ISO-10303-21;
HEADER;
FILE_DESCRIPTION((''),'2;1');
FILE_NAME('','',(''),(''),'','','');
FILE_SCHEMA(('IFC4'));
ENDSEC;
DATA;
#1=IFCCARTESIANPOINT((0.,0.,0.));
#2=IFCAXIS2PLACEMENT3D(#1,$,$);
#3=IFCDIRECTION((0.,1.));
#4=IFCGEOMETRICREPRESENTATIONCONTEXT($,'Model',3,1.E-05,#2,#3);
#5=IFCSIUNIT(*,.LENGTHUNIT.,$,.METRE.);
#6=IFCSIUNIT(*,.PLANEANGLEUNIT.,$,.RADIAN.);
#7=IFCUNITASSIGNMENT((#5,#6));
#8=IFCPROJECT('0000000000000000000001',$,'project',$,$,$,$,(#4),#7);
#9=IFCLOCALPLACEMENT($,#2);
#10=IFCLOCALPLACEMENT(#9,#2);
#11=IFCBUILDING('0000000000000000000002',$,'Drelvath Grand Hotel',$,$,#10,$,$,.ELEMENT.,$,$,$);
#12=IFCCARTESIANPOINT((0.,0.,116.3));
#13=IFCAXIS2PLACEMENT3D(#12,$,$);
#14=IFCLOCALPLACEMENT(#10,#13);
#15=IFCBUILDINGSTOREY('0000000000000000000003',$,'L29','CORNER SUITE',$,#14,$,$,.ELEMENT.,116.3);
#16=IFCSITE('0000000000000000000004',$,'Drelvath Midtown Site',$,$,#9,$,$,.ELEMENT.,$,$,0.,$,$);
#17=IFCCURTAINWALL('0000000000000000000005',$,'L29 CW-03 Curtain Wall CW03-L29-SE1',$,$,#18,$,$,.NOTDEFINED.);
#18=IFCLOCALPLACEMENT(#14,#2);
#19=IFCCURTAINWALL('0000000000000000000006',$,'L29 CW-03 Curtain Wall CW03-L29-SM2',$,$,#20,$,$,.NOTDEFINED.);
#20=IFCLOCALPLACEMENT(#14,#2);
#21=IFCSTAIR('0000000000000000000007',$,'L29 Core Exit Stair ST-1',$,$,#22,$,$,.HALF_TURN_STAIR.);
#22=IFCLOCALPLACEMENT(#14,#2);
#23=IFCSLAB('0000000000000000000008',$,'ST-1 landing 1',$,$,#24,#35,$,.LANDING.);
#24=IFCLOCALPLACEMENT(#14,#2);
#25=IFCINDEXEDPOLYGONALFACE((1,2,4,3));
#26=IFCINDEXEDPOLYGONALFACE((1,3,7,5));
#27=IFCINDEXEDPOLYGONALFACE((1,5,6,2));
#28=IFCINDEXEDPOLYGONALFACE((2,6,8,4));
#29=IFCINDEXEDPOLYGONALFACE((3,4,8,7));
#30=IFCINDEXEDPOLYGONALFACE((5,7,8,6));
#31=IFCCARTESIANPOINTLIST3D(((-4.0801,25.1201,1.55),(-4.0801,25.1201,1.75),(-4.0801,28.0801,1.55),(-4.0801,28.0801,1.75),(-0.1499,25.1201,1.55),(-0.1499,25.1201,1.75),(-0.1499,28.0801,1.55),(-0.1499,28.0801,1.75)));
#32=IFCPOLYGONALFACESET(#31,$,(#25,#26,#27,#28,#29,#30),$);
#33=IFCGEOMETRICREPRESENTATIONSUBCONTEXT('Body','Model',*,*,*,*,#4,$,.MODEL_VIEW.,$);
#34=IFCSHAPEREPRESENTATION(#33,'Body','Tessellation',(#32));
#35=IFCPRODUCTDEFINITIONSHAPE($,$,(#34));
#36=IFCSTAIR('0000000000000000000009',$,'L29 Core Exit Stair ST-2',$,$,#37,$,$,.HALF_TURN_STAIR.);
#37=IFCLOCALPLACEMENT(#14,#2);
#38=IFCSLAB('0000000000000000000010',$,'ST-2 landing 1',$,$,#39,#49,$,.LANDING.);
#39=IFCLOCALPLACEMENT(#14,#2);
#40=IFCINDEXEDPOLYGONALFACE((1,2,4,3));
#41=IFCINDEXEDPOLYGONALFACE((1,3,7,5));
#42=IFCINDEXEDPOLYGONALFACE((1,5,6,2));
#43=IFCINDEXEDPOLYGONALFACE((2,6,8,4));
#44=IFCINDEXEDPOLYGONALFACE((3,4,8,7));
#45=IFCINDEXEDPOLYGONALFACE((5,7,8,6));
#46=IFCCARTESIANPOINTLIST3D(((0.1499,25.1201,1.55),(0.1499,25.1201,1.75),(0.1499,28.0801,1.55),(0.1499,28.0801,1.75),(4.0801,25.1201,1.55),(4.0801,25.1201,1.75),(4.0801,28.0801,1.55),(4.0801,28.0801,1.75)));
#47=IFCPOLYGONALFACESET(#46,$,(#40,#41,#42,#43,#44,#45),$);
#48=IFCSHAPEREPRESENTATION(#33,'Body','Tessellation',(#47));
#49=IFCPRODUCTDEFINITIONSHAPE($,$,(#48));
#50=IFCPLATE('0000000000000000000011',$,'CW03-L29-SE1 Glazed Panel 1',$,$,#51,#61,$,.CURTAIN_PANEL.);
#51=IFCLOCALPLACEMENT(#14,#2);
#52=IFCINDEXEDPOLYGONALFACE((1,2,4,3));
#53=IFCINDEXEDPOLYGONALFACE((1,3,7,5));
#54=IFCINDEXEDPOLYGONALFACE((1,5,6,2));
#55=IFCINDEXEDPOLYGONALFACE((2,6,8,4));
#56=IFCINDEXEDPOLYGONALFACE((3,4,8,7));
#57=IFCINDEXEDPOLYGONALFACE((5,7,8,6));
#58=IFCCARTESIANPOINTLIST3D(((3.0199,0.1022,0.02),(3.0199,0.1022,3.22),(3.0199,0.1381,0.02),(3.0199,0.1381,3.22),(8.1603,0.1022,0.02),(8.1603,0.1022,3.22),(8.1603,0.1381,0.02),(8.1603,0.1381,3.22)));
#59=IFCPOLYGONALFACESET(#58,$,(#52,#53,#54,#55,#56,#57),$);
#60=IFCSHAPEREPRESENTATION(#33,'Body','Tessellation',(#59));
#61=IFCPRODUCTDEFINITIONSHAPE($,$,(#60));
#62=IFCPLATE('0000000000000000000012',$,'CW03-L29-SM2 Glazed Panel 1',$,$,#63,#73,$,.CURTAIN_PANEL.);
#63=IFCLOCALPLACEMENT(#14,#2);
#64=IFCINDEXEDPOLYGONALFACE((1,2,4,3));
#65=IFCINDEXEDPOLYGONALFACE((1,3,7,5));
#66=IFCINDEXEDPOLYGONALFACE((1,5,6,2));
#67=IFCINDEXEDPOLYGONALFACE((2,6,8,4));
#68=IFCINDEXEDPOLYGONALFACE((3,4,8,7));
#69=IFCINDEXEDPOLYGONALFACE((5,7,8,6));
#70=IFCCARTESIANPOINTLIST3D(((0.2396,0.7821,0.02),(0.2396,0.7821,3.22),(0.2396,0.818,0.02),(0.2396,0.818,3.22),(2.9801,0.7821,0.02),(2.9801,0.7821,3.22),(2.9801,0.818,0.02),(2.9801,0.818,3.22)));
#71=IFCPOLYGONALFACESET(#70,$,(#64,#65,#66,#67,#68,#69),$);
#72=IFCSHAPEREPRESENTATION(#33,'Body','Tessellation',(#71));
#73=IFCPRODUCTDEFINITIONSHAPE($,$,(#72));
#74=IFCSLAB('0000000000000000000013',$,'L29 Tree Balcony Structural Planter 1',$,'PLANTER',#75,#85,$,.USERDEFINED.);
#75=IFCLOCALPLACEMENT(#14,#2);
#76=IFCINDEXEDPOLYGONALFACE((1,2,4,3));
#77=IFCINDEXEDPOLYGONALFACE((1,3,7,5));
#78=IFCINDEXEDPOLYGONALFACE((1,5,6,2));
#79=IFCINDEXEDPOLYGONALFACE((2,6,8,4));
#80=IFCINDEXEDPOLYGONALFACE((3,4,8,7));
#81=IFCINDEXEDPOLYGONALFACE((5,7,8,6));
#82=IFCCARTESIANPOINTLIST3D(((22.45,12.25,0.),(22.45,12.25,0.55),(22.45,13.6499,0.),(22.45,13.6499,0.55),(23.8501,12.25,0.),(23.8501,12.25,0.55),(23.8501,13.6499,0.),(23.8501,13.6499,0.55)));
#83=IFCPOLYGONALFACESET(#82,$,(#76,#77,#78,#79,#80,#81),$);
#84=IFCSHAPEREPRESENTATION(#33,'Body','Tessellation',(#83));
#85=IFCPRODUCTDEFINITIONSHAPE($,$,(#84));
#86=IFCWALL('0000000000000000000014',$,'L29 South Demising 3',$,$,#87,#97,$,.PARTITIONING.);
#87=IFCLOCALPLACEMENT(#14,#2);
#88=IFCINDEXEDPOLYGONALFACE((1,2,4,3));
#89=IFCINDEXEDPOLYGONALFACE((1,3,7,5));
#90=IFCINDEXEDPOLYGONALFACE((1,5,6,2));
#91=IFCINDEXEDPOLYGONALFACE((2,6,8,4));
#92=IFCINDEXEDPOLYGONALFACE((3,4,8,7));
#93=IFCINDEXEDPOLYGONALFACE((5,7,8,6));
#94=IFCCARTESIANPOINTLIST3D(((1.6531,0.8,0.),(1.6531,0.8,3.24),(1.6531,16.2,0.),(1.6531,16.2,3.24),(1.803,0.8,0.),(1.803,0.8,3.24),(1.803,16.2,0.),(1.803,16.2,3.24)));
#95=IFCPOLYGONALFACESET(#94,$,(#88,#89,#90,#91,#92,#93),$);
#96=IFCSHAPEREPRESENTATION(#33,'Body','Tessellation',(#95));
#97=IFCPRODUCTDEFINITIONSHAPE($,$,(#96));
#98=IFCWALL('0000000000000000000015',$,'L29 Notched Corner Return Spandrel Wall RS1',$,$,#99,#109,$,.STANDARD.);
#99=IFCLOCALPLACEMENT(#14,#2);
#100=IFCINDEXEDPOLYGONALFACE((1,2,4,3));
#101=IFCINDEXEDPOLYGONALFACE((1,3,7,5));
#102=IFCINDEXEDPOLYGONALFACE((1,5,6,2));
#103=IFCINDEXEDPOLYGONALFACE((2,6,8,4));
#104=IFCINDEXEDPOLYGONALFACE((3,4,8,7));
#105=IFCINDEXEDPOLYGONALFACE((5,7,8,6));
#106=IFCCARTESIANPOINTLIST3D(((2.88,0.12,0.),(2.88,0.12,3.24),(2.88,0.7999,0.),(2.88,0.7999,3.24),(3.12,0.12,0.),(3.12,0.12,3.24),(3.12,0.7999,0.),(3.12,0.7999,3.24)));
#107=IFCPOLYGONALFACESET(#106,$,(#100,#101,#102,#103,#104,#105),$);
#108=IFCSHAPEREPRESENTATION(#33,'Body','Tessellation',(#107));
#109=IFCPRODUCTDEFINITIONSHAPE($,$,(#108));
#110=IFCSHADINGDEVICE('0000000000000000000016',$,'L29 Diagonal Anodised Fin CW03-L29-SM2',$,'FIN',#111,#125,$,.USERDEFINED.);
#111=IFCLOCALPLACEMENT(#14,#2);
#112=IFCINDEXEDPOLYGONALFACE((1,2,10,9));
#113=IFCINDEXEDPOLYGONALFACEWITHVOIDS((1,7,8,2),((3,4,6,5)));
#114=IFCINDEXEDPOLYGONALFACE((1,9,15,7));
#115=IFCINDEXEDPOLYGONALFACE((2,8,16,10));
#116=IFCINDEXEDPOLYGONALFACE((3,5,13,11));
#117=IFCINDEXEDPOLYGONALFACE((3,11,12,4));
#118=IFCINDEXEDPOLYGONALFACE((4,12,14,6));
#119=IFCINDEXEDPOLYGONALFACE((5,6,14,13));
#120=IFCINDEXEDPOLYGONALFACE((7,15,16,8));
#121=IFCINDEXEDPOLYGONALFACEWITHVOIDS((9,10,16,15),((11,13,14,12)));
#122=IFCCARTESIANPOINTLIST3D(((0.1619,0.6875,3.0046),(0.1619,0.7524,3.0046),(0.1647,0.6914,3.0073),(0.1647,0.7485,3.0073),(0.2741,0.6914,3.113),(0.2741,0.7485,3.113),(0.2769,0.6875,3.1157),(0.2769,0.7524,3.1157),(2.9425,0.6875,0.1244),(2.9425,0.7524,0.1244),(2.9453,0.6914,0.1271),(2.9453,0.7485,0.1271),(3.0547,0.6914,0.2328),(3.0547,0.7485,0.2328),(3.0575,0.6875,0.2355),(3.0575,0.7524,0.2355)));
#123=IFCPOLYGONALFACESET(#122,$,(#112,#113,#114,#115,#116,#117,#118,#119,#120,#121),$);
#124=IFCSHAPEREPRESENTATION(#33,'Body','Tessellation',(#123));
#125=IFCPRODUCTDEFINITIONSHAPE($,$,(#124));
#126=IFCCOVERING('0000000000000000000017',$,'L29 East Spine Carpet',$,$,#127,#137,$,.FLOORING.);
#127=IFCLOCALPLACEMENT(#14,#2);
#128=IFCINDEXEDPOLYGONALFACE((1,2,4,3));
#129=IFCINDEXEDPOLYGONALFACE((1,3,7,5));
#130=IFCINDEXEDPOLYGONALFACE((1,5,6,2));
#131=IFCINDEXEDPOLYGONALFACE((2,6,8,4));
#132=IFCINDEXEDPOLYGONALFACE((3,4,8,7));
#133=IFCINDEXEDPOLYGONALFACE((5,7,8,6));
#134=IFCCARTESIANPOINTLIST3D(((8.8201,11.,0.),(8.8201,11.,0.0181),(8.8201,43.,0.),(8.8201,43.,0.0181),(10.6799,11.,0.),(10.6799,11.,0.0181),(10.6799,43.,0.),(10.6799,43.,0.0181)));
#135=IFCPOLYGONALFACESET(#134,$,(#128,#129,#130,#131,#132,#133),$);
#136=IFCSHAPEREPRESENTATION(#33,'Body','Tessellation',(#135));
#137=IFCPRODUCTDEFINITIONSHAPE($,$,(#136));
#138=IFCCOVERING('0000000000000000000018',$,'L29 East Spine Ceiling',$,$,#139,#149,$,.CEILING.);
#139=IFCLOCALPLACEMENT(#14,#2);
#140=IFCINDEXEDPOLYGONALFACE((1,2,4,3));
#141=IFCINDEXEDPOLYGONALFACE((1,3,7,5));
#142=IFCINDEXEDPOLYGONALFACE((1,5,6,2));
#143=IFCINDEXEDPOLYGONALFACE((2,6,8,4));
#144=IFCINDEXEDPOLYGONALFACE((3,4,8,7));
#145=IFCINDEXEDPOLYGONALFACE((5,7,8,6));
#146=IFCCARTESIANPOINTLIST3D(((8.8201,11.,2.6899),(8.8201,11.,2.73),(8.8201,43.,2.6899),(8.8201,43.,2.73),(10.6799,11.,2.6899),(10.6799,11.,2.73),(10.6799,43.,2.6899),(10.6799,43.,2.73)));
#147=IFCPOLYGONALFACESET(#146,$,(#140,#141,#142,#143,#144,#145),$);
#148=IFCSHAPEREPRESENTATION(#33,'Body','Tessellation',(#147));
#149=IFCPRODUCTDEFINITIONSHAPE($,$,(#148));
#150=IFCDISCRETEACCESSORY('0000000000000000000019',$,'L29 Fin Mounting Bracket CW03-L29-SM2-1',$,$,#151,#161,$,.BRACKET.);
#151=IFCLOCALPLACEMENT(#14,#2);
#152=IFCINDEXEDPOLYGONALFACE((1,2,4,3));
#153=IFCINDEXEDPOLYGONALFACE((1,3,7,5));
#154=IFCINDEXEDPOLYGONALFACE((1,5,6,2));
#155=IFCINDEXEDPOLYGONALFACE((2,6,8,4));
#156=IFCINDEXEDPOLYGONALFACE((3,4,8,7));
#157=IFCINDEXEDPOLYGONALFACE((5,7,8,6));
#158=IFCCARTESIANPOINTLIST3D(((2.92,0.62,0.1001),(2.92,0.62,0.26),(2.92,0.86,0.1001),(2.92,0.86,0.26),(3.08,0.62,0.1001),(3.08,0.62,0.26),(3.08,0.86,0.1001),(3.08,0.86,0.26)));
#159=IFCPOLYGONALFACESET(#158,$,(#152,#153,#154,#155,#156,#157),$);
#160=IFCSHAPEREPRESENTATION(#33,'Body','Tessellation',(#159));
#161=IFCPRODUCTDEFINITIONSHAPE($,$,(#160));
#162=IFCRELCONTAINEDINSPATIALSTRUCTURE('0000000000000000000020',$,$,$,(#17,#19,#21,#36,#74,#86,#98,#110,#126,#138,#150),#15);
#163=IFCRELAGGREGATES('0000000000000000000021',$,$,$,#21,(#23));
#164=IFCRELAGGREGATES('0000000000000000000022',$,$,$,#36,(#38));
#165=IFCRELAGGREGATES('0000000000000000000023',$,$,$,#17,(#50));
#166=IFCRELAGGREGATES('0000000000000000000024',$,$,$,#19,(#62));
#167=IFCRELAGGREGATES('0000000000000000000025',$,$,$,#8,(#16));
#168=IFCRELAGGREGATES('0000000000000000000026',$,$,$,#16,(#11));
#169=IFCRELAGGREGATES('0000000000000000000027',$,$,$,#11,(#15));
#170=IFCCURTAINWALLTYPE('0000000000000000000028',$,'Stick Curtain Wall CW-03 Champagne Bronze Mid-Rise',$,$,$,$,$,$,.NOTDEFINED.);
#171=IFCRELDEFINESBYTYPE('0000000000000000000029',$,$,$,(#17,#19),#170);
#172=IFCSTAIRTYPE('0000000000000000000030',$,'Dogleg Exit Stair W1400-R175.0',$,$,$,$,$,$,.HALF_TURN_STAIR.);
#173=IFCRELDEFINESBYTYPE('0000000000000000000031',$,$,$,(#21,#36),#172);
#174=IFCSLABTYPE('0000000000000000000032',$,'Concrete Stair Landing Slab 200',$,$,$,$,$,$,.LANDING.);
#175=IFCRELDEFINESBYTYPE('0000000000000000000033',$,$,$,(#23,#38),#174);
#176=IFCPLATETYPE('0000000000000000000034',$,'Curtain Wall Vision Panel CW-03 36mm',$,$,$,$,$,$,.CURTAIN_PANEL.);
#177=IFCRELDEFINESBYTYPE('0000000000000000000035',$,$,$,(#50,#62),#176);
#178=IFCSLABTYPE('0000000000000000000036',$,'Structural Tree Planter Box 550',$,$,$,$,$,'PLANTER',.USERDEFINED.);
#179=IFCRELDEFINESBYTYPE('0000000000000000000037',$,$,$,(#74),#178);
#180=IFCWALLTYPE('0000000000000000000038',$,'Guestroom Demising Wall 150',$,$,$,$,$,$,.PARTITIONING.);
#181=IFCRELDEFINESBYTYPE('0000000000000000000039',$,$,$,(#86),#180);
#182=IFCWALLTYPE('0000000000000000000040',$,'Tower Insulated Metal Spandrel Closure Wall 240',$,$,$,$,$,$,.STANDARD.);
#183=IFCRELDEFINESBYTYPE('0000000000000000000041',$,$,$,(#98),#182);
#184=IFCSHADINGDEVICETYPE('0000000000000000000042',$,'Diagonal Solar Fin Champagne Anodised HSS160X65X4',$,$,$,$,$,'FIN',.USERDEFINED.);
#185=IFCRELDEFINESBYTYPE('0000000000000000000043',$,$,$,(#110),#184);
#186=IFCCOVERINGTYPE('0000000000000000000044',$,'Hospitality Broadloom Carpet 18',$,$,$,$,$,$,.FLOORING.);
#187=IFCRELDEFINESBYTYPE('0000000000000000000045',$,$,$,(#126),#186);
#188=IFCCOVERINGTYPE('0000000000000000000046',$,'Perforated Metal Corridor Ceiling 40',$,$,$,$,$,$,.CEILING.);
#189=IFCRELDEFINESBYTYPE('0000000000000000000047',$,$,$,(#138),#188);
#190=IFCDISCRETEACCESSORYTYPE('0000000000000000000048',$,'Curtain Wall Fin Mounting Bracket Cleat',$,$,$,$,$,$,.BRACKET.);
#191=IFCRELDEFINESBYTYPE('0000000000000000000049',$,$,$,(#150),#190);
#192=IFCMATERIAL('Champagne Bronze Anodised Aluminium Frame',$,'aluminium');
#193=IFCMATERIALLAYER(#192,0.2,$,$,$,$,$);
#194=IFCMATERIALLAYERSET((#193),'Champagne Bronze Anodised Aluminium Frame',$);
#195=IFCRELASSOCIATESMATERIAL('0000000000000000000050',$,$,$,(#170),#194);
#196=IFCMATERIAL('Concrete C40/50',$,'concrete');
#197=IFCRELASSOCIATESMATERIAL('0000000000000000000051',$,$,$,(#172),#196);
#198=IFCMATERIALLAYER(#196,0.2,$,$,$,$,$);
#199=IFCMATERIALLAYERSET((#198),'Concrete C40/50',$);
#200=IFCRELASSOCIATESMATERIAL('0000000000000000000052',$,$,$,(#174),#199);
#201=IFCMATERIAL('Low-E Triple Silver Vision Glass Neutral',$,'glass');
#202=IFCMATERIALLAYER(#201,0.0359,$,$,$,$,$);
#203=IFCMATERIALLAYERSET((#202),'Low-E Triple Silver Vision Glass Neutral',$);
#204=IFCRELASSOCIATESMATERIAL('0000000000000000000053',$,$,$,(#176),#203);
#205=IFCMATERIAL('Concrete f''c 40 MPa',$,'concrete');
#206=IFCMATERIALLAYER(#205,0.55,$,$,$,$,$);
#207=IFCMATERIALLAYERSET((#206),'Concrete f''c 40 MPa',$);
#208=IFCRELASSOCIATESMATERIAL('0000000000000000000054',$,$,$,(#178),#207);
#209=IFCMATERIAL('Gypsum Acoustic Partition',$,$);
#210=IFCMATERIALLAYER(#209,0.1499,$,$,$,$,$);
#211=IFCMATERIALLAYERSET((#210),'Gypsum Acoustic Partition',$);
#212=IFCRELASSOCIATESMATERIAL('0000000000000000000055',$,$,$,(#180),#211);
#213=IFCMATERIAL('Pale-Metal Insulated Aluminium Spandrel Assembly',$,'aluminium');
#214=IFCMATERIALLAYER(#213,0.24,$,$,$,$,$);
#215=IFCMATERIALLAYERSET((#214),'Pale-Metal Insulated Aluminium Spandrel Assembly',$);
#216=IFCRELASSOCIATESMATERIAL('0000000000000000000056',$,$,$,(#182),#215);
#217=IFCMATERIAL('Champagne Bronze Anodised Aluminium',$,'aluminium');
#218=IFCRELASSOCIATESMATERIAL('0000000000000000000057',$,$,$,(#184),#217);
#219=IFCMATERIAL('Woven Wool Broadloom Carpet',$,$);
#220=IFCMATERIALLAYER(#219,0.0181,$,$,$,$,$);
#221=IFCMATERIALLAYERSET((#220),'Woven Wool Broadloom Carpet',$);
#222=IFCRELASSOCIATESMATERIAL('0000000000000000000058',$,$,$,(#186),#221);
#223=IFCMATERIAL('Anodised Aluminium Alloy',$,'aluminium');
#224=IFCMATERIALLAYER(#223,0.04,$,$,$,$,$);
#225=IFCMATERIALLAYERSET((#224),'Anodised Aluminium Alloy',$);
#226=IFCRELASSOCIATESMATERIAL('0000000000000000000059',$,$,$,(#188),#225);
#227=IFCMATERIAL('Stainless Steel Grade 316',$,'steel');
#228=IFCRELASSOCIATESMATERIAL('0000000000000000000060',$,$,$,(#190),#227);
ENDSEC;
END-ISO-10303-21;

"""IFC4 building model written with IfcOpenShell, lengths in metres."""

from ifc_helpers import new_model, si_unit, direction, frame, frame_2d, origin, origin_2d, place, context, subcontext, project, spatial, polyline, rectangle, hollow_rectangle, outline, extrude, material, layer, layer_set, material_profile, profile_set, type_object, element, aggregate, save


model = new_model("IFC4")

# Units and contexts
model_context = context("Model", 3, precision=1e-05, world=origin(), true_north=direction((0.0, 1.0)))
body_context = subcontext(model_context, "Body", "Model", "MODEL_VIEW")
ifc_project = project(units=[si_unit("LENGTHUNIT", "METRE"), si_unit("PLANEANGLEUNIT", "RADIAN")], contexts=[model_context])

# Site, building, storey
site_placement = place(None, origin())
site = spatial("IfcSite", under=ifc_project, at=site_placement, Name="Drelvath Midtown Site", CompositionType="ELEMENT", RefElevation=0.0)
building_placement = place(site_placement, origin())
building = spatial("IfcBuilding", under=site, at=building_placement, Name="Drelvath Grand Hotel", CompositionType="ELEMENT")
storey_placement = place(building_placement, frame((0.0, 0.0, 116.3)))
storey = spatial("IfcBuildingStorey", under=building, at=storey_placement, Name="L29", Description="CORNER SUITE", CompositionType="ELEMENT", Elevation=116.3)

# Curtain walls
ifc_material_1 = material(Name="Champagne Bronze Anodised Aluminium Frame", Category="aluminium")
ifc_layer_1 = layer(ifc_material_1, 0.2)
ifc_layer_set_1 = layer_set([ifc_layer_1], Name="Champagne Bronze Anodised Aluminium Frame")
curtain_wall_type = type_object("IfcCurtainWallType", Name="Stick Curtain Wall CW-03 Champagne Bronze Mid-Rise", PredefinedType="NOTDEFINED", material=ifc_layer_set_1)
curtain_wall_1_placement = place(storey_placement, origin())
curtain_wall_1 = element("IfcCurtainWall", 1, at=curtain_wall_1_placement, inside=storey, type_object=curtain_wall_type, Name="L29 CW-03 Curtain Wall CW03-L29-SE1", PredefinedType="NOTDEFINED")
curtain_wall_2_placement = place(storey_placement, origin())
curtain_wall_2 = element("IfcCurtainWall", 2, at=curtain_wall_2_placement, inside=storey, type_object=curtain_wall_type, Name="L29 CW-03 Curtain Wall CW03-L29-SM2", PredefinedType="NOTDEFINED")

# Shared definitions
ifc_material_2 = material(Name="Concrete f'c 40 MPa", Category="concrete")

# Stairs, slabs
ifc_material_3 = material(Name="Concrete C40/50", Category="concrete")
stair_type = type_object("IfcStairType", Name="Dogleg Exit Stair W1400-R175.0", PredefinedType="HALF_TURN_STAIR", material=ifc_material_3)
stair_1_placement = place(storey_placement, origin())
stair_1 = element("IfcStair", 3, at=stair_1_placement, inside=storey, type_object=stair_type, Name="L29 Core Exit Stair ST-1", PredefinedType="HALF_TURN_STAIR")
ifc_layer_2 = layer(ifc_material_3, 0.2)
ifc_layer_set_2 = layer_set([ifc_layer_2], Name="Concrete C40/50")
slab_type_1 = type_object("IfcSlabType", Name="Concrete Stair Landing Slab 200", PredefinedType="LANDING", material=ifc_layer_set_2)
slab_1_placement = place(storey_placement, frame((0.0, 0.0, 1.55)))
slab_1 = element("IfcSlab", 4, at=slab_1_placement, type_object=slab_type_1, Name="ST-1 landing 1", PredefinedType="LANDING", context=body_context, shape_type="SweptSolid", body=[
    extrude(outline(polyline([(-4.0801, 25.1201), (-0.1499, 25.1201), (-0.1499, 28.0801), (-4.0801, 28.0801), (-4.0801, 25.1201)])), origin(), (0.0, 0.0, 1.0), 0.2),
])
aggregate(stair_1, [slab_1])
stair_2_placement = place(storey_placement, origin())
stair_2 = element("IfcStair", 5, at=stair_2_placement, inside=storey, type_object=stair_type, Name="L29 Core Exit Stair ST-2", PredefinedType="HALF_TURN_STAIR")
slab_2_placement = place(storey_placement, frame((0.0, 0.0, 1.55)))
slab_2 = element("IfcSlab", 6, at=slab_2_placement, type_object=slab_type_1, Name="ST-2 landing 1", PredefinedType="LANDING", context=body_context, shape_type="SweptSolid", body=[
    extrude(outline(polyline([(4.0801, 28.0801), (0.1499, 28.0801), (0.1499, 25.1201), (4.0801, 25.1201), (4.0801, 28.0801)])), origin(), (0.0, 0.0, 1.0), 0.2),
])
aggregate(stair_2, [slab_2])

# Plates
ifc_material_4 = material(Name="Low-E Triple Silver Vision Glass Neutral", Category="glass")
ifc_layer_3 = layer(ifc_material_4, 0.0359)
ifc_layer_set_3 = layer_set([ifc_layer_3], Name="Low-E Triple Silver Vision Glass Neutral")
plate_type = type_object("IfcPlateType", Name="Curtain Wall Vision Panel CW-03 36mm", PredefinedType="CURTAIN_PANEL", material=ifc_layer_set_3)
plate_1_placement = place(storey_placement, frame((5.5901, 0.1201, 0.02), z_axis=(0.0, 0.0, 1.0), x_axis=(-1.0, 0.0, 0.0)))
plate_1 = element("IfcPlate", 7, at=plate_1_placement, type_object=plate_type, Name="CW03-L29-SE1 Glazed Panel 1", PredefinedType="CURTAIN_PANEL", context=body_context, shape_type="SweptSolid", body=[
    extrude(rectangle(XDim=5.1404, YDim=0.0359, at=origin_2d()), origin(), (0.0, 0.0, 1.0), 3.2),
])
aggregate(curtain_wall_1, [plate_1])
plate_2_placement = place(storey_placement, frame((1.6099, 0.8, 0.02), z_axis=(0.0, 0.0, 1.0), x_axis=(-1.0, 0.0, 0.0)))
plate_2 = element("IfcPlate", 8, at=plate_2_placement, type_object=plate_type, Name="CW03-L29-SM2 Glazed Panel 1", PredefinedType="CURTAIN_PANEL", context=body_context, shape_type="SweptSolid", body=[
    extrude(rectangle(XDim=2.7405, YDim=0.0359, at=origin_2d()), origin(), (0.0, 0.0, 1.0), 3.2),
])
aggregate(curtain_wall_2, [plate_2])

# Slab
ifc_layer_4 = layer(ifc_material_2, 0.55)
ifc_layer_set_4 = layer_set([ifc_layer_4], Name="Concrete f'c 40 MPa")
slab_type_2 = type_object("IfcSlabType", Name="Structural Tree Planter Box 550", ElementType="PLANTER", PredefinedType="USERDEFINED", material=ifc_layer_set_4)
slab_3_placement = place(storey_placement, origin())
element("IfcSlab", 9, at=slab_3_placement, inside=storey, type_object=slab_type_2, Name="L29 Tree Balcony Structural Planter 1", ObjectType="PLANTER", PredefinedType="USERDEFINED", context=body_context, shape_type="SweptSolid", body=[
    extrude(outline(polyline([(22.45, 12.25), (23.8501, 12.25), (23.8501, 13.6499), (22.45, 13.6499), (22.45, 12.25)])), origin(), (0.0, 0.0, 1.0), 0.55),
])

# Walls
ifc_material_5 = material(Name="Gypsum Acoustic Partition")
ifc_layer_5 = layer(ifc_material_5, 0.1499)
ifc_layer_set_5 = layer_set([ifc_layer_5], Name="Gypsum Acoustic Partition")
wall_type_1 = type_object("IfcWallType", Name="Guestroom Demising Wall 150", PredefinedType="PARTITIONING", material=ifc_layer_set_5)
wall_1_placement = place(storey_placement, frame((1.728, 0.8, 0.0), z_axis=(0.0, 0.0, 1.0), x_axis=(0.0, 1.0, 0.0)))
element("IfcWall", 10, at=wall_1_placement, inside=storey, type_object=wall_type_1, Name="L29 South Demising 3", PredefinedType="PARTITIONING", context=body_context, shape_type="SweptSolid", body=[
    extrude(rectangle(XDim=15.3999, YDim=0.1499, at=frame_2d((7.7, 0.0))), origin(), (0.0, 0.0, 1.0), 3.24),
])
ifc_material_6 = material(Name="Pale-Metal Insulated Aluminium Spandrel Assembly", Category="aluminium")
ifc_layer_6 = layer(ifc_material_6, 0.24)
ifc_layer_set_6 = layer_set([ifc_layer_6], Name="Pale-Metal Insulated Aluminium Spandrel Assembly")
wall_type_2 = type_object("IfcWallType", Name="Tower Insulated Metal Spandrel Closure Wall 240", PredefinedType="STANDARD", material=ifc_layer_set_6)
wall_2_placement = place(storey_placement, frame((3.0, 0.1201, 0.0), z_axis=(0.0, 0.0, 1.0), x_axis=(0.0, 1.0, 0.0)))
element("IfcWall", 11, at=wall_2_placement, inside=storey, type_object=wall_type_2, Name="L29 Notched Corner Return Spandrel Wall RS1", PredefinedType="STANDARD", context=body_context, shape_type="SweptSolid", body=[
    extrude(rectangle(XDim=0.6799, YDim=0.24, at=frame_2d((0.3398, 0.0))), origin(), (0.0, 0.0, 1.0), 3.24),
])

# Shading device
ifc_material_7 = material(Name="Champagne Bronze Anodised Aluminium", Category="aluminium")
ifc_material_profile_1 = material_profile(ifc_material_7, hollow_rectangle(XDim=0.0649, YDim=0.1599, WallThickness=0.0039, at=origin_2d()), Name="HSS160X65X4")
ifc_profile_set_1 = profile_set([ifc_material_profile_1], Name="Champagne Bronze Anodised Aluminium")
shading_device_type = type_object("IfcShadingDeviceType", Name="Diagonal Solar Fin Champagne Anodised HSS160X65X4", ElementType="FIN", PredefinedType="USERDEFINED", material=ifc_profile_set_1)
shading_device_placement = place(storey_placement, frame((3.0, 0.72, 0.1799), z_axis=(-0.694556, 0.0, 0.719438), x_axis=(0.0, -1.0, 0.0)))
element("IfcShadingDevice", 12, at=shading_device_placement, inside=storey, type_object=shading_device_type, Name="L29 Diagonal Anodised Fin CW03-L29-SM2", ObjectType="FIN", PredefinedType="USERDEFINED", context=body_context, shape_type="SweptSolid", body=[
    extrude(hollow_rectangle(XDim=0.0649, YDim=0.1599, WallThickness=0.0039, at=origin_2d()), origin(), (0.0, 0.0, 1.0), 4.0034),
])

# Coverings
ifc_material_8 = material(Name="Woven Wool Broadloom Carpet")
ifc_layer_7 = layer(ifc_material_8, 0.0181)
ifc_layer_set_7 = layer_set([ifc_layer_7], Name="Woven Wool Broadloom Carpet")
covering_type_1 = type_object("IfcCoveringType", Name="Hospitality Broadloom Carpet 18", PredefinedType="FLOORING", material=ifc_layer_set_7)
covering_1_placement = place(storey_placement, origin())
element("IfcCovering", 13, at=covering_1_placement, inside=storey, type_object=covering_type_1, Name="L29 East Spine Carpet", PredefinedType="FLOORING", context=body_context, shape_type="SweptSolid", body=[
    extrude(outline(polyline([(10.6799, 11.0), (10.6799, 43.0), (8.8201, 43.0), (8.8201, 11.0), (10.6799, 11.0)])), origin(), (0.0, 0.0, 1.0), 0.0181),
])
ifc_material_9 = material(Name="Anodised Aluminium Alloy", Category="aluminium")
ifc_layer_8 = layer(ifc_material_9, 0.04)
ifc_layer_set_8 = layer_set([ifc_layer_8], Name="Anodised Aluminium Alloy")
covering_type_2 = type_object("IfcCoveringType", Name="Perforated Metal Corridor Ceiling 40", PredefinedType="CEILING", material=ifc_layer_set_8)
covering_2_placement = place(storey_placement, frame((0.0, 0.0, 2.6899)))
element("IfcCovering", 14, at=covering_2_placement, inside=storey, type_object=covering_type_2, Name="L29 East Spine Ceiling", PredefinedType="CEILING", context=body_context, shape_type="SweptSolid", body=[
    extrude(outline(polyline([(10.6799, 11.0), (10.6799, 43.0), (8.8201, 43.0), (8.8201, 11.0), (10.6799, 11.0)])), origin(), (0.0, 0.0, 1.0), 0.04),
])

# Discrete accessory
ifc_material_10 = material(Name="Stainless Steel Grade 316", Category="steel")
discrete_accessory_type = type_object("IfcDiscreteAccessoryType", Name="Curtain Wall Fin Mounting Bracket Cleat", PredefinedType="BRACKET", material=ifc_material_10)
discrete_accessory_placement = place(storey_placement, frame((3.0, 0.74, 0.1001), z_axis=(0.0, 0.0, 1.0), x_axis=(-1.0, 0.0, 0.0)))
element("IfcDiscreteAccessory", 15, at=discrete_accessory_placement, inside=storey, type_object=discrete_accessory_type, Name="L29 Fin Mounting Bracket CW03-L29-SM2-1", PredefinedType="BRACKET", context=body_context, shape_type="SweptSolid", body=[
    extrude(rectangle(XDim=0.1599, YDim=0.24, at=origin_2d()), origin(), (0.0, 0.0, 1.0), 0.1599),
])

save(model, "model.ifc")
